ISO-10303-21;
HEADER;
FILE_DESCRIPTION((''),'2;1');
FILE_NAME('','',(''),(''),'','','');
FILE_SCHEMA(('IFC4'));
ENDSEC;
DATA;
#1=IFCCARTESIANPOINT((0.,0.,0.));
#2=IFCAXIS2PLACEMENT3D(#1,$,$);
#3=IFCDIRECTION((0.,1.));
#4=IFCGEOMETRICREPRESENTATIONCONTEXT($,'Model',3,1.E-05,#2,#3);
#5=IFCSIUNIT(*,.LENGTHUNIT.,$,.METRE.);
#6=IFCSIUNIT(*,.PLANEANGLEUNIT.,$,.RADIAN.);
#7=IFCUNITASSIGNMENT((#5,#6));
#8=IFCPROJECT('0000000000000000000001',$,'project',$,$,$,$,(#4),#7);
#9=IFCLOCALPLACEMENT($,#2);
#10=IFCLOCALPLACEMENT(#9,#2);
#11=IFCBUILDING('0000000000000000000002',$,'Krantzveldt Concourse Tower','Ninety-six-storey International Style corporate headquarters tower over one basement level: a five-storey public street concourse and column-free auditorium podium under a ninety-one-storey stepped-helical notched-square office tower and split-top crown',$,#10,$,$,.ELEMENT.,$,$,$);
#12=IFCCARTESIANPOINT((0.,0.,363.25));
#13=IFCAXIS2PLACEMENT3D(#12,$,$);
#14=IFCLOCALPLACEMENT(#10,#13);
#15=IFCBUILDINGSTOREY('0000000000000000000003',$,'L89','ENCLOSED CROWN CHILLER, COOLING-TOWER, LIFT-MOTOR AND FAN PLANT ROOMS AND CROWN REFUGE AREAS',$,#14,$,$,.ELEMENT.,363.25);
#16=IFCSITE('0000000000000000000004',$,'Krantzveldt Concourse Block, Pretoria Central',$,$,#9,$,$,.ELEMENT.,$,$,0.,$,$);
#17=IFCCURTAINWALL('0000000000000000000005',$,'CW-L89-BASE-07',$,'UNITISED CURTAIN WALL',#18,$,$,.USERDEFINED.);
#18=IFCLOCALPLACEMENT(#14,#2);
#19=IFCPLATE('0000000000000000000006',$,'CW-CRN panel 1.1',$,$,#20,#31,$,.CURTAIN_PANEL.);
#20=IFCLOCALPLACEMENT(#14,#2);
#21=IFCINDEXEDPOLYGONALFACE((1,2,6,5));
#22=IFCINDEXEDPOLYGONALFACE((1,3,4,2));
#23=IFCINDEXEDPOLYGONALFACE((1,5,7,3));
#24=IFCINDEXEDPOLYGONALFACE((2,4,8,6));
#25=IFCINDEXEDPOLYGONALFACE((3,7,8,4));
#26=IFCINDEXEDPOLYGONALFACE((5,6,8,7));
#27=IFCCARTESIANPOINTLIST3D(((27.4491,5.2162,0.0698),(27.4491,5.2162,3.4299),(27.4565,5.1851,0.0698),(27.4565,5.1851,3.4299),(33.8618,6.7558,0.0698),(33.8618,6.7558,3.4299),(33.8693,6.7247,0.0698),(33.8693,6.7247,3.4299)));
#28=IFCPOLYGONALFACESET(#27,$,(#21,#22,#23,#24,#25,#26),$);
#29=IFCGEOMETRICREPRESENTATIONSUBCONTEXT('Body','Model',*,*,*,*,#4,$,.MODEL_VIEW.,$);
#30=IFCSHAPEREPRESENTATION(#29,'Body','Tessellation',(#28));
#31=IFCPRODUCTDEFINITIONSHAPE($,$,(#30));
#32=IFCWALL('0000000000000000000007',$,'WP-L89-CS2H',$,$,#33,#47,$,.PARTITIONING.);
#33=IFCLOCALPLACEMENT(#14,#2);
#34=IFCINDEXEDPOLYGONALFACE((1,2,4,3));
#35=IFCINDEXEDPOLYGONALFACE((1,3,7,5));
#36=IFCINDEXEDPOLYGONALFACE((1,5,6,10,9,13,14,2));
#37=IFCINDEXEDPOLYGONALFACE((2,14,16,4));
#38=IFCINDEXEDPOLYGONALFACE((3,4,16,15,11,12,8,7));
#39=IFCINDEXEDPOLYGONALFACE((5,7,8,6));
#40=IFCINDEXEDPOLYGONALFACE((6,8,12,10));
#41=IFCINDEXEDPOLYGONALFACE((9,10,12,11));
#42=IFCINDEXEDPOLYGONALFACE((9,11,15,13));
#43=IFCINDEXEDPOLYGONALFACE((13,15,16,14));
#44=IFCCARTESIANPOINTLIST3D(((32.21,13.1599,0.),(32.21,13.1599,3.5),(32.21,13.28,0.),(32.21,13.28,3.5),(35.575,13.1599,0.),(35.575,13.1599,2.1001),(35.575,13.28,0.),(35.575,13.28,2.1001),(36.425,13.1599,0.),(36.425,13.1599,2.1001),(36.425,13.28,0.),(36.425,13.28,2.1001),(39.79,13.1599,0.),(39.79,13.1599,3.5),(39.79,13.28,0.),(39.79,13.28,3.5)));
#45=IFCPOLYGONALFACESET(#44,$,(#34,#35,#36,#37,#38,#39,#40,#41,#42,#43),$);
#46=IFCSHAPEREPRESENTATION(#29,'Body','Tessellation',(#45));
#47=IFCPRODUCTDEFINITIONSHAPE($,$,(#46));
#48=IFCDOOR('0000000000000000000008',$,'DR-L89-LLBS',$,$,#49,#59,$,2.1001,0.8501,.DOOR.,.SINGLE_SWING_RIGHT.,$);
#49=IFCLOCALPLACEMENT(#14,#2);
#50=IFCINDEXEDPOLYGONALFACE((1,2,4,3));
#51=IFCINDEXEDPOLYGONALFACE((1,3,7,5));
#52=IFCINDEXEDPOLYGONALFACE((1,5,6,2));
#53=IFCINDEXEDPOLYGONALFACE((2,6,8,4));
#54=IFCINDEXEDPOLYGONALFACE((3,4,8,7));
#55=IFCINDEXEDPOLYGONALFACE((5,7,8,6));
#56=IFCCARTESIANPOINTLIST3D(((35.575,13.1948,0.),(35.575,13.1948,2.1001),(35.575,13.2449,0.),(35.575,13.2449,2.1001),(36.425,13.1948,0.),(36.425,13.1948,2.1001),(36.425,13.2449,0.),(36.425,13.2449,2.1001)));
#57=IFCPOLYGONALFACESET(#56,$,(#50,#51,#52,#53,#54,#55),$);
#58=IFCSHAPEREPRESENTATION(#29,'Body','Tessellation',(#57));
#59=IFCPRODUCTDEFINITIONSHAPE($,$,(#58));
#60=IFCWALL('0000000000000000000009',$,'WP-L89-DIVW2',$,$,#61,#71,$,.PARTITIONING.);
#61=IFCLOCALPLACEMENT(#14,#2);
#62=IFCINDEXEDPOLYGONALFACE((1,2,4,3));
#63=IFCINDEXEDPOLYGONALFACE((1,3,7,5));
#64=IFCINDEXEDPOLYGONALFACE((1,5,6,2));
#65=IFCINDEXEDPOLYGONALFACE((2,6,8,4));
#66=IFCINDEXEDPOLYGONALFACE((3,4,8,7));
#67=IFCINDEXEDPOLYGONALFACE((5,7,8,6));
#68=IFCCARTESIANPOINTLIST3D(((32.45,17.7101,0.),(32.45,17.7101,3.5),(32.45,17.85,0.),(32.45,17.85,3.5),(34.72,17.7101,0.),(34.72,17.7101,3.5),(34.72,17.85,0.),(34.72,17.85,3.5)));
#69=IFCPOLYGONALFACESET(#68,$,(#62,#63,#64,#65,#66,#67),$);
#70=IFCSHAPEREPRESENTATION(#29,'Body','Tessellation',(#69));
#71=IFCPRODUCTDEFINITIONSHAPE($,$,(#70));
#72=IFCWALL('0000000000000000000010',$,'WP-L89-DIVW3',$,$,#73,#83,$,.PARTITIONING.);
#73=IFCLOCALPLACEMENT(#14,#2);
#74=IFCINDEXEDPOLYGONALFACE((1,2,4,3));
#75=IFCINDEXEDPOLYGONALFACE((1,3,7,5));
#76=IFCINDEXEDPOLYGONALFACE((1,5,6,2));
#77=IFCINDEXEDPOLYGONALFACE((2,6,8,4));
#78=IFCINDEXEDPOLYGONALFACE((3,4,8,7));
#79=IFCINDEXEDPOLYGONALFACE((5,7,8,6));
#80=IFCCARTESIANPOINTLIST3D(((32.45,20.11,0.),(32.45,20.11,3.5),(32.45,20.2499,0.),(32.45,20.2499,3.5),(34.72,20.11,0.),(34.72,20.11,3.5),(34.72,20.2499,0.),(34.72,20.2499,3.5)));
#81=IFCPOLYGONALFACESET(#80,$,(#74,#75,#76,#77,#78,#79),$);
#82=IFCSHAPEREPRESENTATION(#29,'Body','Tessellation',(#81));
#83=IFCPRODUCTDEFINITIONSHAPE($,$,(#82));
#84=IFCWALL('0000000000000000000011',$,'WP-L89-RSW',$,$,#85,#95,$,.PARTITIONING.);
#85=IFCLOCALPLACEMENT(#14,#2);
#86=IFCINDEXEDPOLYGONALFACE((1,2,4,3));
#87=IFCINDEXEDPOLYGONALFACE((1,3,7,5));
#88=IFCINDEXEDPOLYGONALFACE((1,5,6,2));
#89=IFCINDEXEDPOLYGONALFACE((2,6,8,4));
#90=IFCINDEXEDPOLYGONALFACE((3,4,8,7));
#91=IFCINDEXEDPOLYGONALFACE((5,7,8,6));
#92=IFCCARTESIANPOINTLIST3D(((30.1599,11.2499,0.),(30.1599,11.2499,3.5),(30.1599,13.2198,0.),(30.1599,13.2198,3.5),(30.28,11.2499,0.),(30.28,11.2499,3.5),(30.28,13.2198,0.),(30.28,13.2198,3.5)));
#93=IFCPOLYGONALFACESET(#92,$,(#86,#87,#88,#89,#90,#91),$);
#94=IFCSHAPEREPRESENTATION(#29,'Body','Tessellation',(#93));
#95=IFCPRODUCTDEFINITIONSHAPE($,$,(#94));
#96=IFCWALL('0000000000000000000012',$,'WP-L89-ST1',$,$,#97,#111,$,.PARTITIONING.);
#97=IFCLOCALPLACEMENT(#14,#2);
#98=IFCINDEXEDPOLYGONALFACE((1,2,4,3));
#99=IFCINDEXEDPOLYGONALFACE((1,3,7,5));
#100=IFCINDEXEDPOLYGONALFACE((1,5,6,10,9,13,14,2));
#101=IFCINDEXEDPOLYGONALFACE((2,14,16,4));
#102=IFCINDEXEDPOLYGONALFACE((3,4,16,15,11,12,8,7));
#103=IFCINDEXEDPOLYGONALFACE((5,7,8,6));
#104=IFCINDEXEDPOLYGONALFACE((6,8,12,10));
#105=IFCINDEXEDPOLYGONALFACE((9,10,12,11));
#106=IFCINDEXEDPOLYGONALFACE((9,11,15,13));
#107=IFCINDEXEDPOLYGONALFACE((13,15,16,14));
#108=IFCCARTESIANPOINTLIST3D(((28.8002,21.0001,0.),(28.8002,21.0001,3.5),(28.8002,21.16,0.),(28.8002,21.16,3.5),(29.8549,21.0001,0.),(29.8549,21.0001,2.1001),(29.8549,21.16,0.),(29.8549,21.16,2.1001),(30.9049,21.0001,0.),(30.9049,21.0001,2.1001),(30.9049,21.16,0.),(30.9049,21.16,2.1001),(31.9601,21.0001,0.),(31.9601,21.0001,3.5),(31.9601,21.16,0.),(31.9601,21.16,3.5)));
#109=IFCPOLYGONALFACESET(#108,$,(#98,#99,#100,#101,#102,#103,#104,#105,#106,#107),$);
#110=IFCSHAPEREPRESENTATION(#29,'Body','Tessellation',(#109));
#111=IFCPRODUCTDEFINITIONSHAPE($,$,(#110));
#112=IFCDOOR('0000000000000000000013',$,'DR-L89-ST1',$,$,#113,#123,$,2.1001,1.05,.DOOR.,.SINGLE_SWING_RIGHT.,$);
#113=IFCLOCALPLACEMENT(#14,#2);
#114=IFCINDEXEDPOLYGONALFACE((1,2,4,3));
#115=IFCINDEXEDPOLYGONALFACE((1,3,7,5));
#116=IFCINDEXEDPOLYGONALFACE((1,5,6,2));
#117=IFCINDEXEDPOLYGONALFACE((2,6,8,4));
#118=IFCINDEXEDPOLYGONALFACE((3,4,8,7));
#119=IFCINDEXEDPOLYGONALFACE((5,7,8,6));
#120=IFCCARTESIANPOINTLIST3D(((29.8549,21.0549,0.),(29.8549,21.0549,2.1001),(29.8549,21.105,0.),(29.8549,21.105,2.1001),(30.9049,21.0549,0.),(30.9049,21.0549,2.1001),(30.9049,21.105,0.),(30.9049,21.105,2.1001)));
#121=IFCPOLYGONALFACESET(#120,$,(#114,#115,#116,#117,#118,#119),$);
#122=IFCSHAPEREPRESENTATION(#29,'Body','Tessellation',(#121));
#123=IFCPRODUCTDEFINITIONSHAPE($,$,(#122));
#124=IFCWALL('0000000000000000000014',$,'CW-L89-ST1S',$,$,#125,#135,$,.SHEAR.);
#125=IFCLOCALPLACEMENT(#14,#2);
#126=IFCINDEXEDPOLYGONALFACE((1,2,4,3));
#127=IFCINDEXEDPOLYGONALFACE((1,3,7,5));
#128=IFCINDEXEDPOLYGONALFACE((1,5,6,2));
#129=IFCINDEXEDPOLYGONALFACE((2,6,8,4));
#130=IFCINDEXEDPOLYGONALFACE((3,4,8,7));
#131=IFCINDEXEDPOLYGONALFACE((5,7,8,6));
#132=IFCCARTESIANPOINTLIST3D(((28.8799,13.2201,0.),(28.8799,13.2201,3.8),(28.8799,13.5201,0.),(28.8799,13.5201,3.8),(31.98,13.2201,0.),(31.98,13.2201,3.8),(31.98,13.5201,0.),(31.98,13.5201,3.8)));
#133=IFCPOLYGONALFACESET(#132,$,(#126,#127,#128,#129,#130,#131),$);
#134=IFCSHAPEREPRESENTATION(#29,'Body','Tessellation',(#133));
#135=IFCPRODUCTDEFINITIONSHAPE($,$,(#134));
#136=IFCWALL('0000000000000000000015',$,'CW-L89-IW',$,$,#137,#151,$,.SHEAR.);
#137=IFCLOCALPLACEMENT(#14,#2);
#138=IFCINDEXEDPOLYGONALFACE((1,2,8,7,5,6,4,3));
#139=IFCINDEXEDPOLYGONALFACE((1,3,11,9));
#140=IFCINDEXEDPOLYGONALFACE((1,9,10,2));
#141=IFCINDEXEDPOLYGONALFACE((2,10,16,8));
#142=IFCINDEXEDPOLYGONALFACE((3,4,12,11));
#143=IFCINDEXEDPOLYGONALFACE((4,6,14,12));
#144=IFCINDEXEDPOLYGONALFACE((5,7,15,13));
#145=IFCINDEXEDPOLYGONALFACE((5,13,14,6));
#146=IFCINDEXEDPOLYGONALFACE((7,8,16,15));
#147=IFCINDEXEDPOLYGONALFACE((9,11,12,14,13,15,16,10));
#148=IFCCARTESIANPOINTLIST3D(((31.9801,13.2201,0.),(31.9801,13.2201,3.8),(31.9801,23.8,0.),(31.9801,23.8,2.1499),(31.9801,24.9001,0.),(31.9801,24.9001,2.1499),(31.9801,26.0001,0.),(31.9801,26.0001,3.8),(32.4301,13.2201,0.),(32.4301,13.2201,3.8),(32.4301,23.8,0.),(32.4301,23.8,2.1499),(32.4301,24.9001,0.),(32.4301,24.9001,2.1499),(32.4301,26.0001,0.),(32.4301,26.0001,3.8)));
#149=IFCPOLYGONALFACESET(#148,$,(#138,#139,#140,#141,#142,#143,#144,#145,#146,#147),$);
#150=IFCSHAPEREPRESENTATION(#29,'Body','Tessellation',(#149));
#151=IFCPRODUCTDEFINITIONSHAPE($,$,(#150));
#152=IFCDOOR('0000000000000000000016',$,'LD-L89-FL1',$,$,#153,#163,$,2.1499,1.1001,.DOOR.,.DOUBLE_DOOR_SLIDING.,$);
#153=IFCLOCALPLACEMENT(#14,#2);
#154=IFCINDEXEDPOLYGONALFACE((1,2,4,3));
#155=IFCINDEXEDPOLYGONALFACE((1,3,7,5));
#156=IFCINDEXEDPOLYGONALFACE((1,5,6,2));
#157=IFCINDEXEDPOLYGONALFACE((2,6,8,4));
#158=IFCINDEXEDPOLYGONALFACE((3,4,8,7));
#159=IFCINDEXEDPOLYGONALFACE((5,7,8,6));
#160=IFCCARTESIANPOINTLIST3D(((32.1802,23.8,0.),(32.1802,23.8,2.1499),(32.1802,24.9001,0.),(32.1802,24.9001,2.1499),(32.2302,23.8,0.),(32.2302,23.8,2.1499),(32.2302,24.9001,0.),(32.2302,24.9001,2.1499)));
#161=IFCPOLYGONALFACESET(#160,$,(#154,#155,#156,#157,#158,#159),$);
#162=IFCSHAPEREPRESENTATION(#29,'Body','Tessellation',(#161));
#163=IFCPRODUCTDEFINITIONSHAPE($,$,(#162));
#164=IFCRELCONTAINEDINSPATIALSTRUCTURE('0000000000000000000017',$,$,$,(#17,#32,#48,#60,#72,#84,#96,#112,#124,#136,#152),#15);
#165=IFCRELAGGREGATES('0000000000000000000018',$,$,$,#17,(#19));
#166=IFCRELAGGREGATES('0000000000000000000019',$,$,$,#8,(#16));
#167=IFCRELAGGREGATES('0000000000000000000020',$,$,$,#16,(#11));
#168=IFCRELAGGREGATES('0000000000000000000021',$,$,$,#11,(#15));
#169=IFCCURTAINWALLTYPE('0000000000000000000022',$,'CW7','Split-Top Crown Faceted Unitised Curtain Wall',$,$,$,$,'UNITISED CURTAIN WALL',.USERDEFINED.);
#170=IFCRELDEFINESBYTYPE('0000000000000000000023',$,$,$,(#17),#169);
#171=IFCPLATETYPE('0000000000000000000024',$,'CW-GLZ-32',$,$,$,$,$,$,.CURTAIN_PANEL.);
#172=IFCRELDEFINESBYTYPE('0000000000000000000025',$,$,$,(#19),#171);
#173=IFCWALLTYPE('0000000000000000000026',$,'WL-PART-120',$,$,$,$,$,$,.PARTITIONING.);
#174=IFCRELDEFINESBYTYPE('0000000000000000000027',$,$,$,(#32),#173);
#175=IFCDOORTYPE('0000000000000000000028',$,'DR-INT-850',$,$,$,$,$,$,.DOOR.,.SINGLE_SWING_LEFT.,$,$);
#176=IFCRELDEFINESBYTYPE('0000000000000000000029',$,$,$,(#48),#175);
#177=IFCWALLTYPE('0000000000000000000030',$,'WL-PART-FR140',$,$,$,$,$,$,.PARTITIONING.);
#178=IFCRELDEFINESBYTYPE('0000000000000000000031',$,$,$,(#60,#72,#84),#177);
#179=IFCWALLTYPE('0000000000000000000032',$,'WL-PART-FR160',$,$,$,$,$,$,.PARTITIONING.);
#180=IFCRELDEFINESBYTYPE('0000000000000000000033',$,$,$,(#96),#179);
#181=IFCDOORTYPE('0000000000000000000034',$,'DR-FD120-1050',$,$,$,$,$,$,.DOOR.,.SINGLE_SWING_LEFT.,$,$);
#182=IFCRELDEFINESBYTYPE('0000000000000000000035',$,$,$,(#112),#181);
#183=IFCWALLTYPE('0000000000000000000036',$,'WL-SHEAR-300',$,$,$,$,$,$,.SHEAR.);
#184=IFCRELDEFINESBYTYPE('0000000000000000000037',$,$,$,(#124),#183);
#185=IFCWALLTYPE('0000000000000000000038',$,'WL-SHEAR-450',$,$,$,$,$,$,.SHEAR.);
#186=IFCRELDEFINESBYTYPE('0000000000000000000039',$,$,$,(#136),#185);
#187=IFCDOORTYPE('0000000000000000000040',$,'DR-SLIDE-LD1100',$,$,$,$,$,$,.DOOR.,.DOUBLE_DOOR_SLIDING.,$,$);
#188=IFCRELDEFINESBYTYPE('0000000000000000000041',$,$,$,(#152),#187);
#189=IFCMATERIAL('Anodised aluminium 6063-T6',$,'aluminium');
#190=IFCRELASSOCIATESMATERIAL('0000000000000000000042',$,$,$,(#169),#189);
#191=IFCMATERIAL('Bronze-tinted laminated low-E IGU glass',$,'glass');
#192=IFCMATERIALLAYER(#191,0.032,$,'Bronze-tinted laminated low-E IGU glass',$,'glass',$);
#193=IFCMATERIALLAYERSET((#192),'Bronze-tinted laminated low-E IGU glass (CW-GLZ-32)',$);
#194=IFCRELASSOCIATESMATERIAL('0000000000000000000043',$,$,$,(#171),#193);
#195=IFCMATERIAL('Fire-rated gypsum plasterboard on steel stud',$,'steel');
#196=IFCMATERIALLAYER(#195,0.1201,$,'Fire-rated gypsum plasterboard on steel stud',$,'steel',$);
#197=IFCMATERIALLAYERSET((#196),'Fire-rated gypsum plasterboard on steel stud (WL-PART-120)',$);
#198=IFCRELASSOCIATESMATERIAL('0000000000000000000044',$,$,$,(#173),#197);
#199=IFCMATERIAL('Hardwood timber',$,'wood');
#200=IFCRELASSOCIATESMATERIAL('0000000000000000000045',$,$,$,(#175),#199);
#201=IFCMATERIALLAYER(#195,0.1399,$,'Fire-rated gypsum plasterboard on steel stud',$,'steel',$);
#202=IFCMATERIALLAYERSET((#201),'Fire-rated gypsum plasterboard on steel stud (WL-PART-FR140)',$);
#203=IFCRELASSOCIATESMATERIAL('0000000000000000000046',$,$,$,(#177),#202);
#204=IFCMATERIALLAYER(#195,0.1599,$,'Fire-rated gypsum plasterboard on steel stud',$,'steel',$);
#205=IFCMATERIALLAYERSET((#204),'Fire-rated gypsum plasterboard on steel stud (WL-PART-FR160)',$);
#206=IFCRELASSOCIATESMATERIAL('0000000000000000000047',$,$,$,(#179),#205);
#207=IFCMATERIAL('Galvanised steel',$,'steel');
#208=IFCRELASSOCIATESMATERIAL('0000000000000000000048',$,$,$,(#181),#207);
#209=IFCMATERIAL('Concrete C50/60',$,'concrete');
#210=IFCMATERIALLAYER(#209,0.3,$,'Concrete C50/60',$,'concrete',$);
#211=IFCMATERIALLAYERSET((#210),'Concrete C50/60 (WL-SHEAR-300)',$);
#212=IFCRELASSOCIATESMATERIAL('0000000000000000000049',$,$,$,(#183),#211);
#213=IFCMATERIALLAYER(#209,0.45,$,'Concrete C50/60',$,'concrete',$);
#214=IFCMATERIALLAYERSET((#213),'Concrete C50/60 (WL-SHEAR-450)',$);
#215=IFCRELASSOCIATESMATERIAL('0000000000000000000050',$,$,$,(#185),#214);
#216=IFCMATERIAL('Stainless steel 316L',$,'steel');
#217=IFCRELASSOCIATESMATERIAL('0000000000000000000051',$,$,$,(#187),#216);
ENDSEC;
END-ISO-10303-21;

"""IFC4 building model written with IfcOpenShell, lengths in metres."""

from ifc_helpers import new_model, si_unit, direction, frame, frame_2d, origin, origin_2d, place, context, subcontext, project, spatial, rectangle, extrude, source, transform, mapped, material, layer, layer_set, type_object, type_shapes, element, fill, aggregate, save


model = new_model("IFC4")

# Units and contexts
model_context = context("Model", 3, precision=1e-05, world=origin(), true_north=direction((0.0, 1.0)))
body_context = subcontext(model_context, "Body", "Model", "MODEL_VIEW")
ifc_project = project(units=[si_unit("LENGTHUNIT", "METRE"), si_unit("PLANEANGLEUNIT", "RADIAN")], contexts=[model_context])

# Site, building, storey
site_placement = place(None, origin())
site = spatial("IfcSite", under=ifc_project, at=site_placement, Name="Krantzveldt Concourse Block, Pretoria Central", CompositionType="ELEMENT", RefElevation=0.0)
building_placement = place(site_placement, origin())
building = spatial("IfcBuilding", under=site, at=building_placement, Name="Krantzveldt Concourse Tower", Description="Ninety-six-storey International Style corporate headquarters tower over one basement level: a five-storey public street concourse and column-free auditorium podium under a ninety-one-storey stepped-helical notched-square office tower and split-top crown", CompositionType="ELEMENT")
storey_placement = place(building_placement, frame((0.0, 0.0, 363.25)))
storey = spatial("IfcBuildingStorey", under=building, at=storey_placement, Name="L89", Description="ENCLOSED CROWN CHILLER, COOLING-TOWER, LIFT-MOTOR AND FAN PLANT ROOMS AND CROWN REFUGE AREAS", CompositionType="ELEMENT", Elevation=363.25)

# Curtain wall
ifc_material_1 = material(Name="Anodised aluminium 6063-T6", Category="aluminium")
curtain_wall_type = type_object("IfcCurtainWallType", Name="CW7", Description="Split-Top Crown Faceted Unitised Curtain Wall", ElementType="UNITISED CURTAIN WALL", PredefinedType="USERDEFINED", material=ifc_material_1)
curtain_wall_1_placement = place(storey_placement, origin())
curtain_wall_1 = element("IfcCurtainWall", 1, at=curtain_wall_1_placement, inside=storey, type_object=curtain_wall_type, Name="CW-L89-BASE-07", ObjectType="UNITISED CURTAIN WALL", PredefinedType="USERDEFINED")

# Plate
ifc_material_2 = material(Name="Bronze-tinted laminated low-E IGU glass", Category="glass")
ifc_layer_1 = layer(ifc_material_2, 0.032, Name="Bronze-tinted laminated low-E IGU glass", Category="glass")
ifc_layer_set_1 = layer_set([ifc_layer_1], Name="Bronze-tinted laminated low-E IGU glass (CW-GLZ-32)")
plate_type = type_object("IfcPlateType", Name="CW-GLZ-32", PredefinedType="CURTAIN_PANEL", material=ifc_layer_set_1)
shared_shape_1 = source(origin(), body_context, "Body", "SweptSolid", [
    extrude(rectangle(XDim=6.595, YDim=0.032, at=origin_2d()), origin(), (0.0, 0.0, 1.0), 3.3601),
])
type_shapes(plate_type, [shared_shape_1])
plate_placement = place(storey_placement, frame((30.6592, 5.9705, 0.0698), z_axis=(0.0, 0.0, 1.0), x_axis=(0.97237, 0.233445, 0.0)))
plate = element("IfcPlate", 2, at=plate_placement, type_object=plate_type, Name="CW-CRN panel 1.1", PredefinedType="CURTAIN_PANEL", context=body_context, shape_type="MappedRepresentation", body=[
    mapped(shared_shape_1, transform((0.0, 0.0, 0.0), x_axis=(1.0, 0.0, 0.0), y_axis=(0.0, 1.0, 0.0), z_axis=(0.0, 0.0, 1.0), scale=1.0)),
])
aggregate(curtain_wall_1, [plate])

# Wall, opening, door
ifc_material_3 = material(Name="Fire-rated gypsum plasterboard on steel stud", Category="steel")
ifc_layer_2 = layer(ifc_material_3, 0.1201, Name="Fire-rated gypsum plasterboard on steel stud", Category="steel")
ifc_layer_set_2 = layer_set([ifc_layer_2], Name="Fire-rated gypsum plasterboard on steel stud (WL-PART-120)")
wall_type_1 = type_object("IfcWallType", Name="WL-PART-120", PredefinedType="PARTITIONING", material=ifc_layer_set_2)
wall_1_placement = place(storey_placement, frame((32.21, 13.22, 0.0), z_axis=(0.0, 0.0, 1.0), x_axis=(1.0, 0.0, 0.0)))
wall_1 = element("IfcWall", 3, at=wall_1_placement, inside=storey, type_object=wall_type_1, Name="WP-L89-CS2H", PredefinedType="PARTITIONING", context=body_context, shape_type="SweptSolid", body=[
    extrude(rectangle(XDim=7.5801, YDim=0.1201, at=frame_2d((3.79, 0.0))), origin(), (0.0, 0.0, 1.0), 3.5),
])
opening_1_placement = place(wall_1_placement, frame((3.365, 0.0, 0.0)))
opening_1 = element("IfcOpeningElement", 4, at=opening_1_placement, cuts=wall_1, PredefinedType="OPENING", context=body_context, shape_type="SweptSolid", body=[
    extrude(rectangle(XDim=0.8501, YDim=2.1001, at=frame_2d((0.425, 1.05))), frame((0.0, 0.0701, 0.0), z_axis=(0.0, -1.0, 0.0), x_axis=(1.0, 0.0, 0.0)), (0.0, 0.0, 1.0), 0.1401),
])
ifc_material_4 = material(Name="Hardwood timber", Category="wood")
door_type_1 = type_object("IfcDoorType", Name="DR-INT-850", OperationType="SINGLE_SWING_LEFT", PredefinedType="DOOR", material=ifc_material_4)
door_1_placement = place(opening_1_placement, origin())
door_1 = element("IfcDoor", 5, at=door_1_placement, inside=storey, type_object=door_type_1, Name="DR-L89-LLBS", OperationType="SINGLE_SWING_RIGHT", OverallHeight=2.1001, OverallWidth=0.8501, PredefinedType="DOOR", context=body_context, shape_type="SweptSolid", body=[
    extrude(rectangle(XDim=0.8501, YDim=2.1001, at=frame_2d((0.425, 1.05))), frame((0.0, 0.0249, 0.0), z_axis=(0.0, -1.0, 0.0), x_axis=(1.0, 0.0, 0.0)), (0.0, 0.0, 1.0), 0.05),
])
fill(opening_1, door_1)

# Walls
ifc_layer_3 = layer(ifc_material_3, 0.1399, Name="Fire-rated gypsum plasterboard on steel stud", Category="steel")
ifc_layer_set_3 = layer_set([ifc_layer_3], Name="Fire-rated gypsum plasterboard on steel stud (WL-PART-FR140)")
wall_type_2 = type_object("IfcWallType", Name="WL-PART-FR140", PredefinedType="PARTITIONING", material=ifc_layer_set_3)
for number, where, z_axis, x_axis, name in (
    (6, (32.45, 17.78, 0.0), (0.0, 0.0, 1.0), (1.0, 0.0, 0.0), "WP-L89-DIVW2"),
    (7, (32.45, 20.1799, 0.0), (0.0, 0.0, 1.0), (1.0, 0.0, 0.0), "WP-L89-DIVW3"),
):
    element("IfcWall", number, at=place(storey_placement, frame(where, z_axis=z_axis, x_axis=x_axis)), inside=storey, type_object=wall_type_2, Name=name, PredefinedType="PARTITIONING", context=body_context, shape_type="SweptSolid", body=[
        extrude(rectangle(XDim=2.27, YDim=0.1399, at=frame_2d((1.135, 0.0))), origin(), (0.0, 0.0, 1.0), 3.5),
    ])
wall_2_placement = place(storey_placement, frame((30.22, 11.25, 0.0), z_axis=(0.0, 0.0, 1.0), x_axis=(0.0, 1.0, 0.0)))
element("IfcWall", 8, at=wall_2_placement, inside=storey, type_object=wall_type_2, Name="WP-L89-RSW", PredefinedType="PARTITIONING", context=body_context, shape_type="SweptSolid", body=[
    extrude(rectangle(XDim=1.97, YDim=0.1201, at=frame_2d((0.9849, 0.0))), origin(), (0.0, 0.0, 1.0), 3.5),
])

# Wall, opening, door
ifc_layer_4 = layer(ifc_material_3, 0.1599, Name="Fire-rated gypsum plasterboard on steel stud", Category="steel")
ifc_layer_set_4 = layer_set([ifc_layer_4], Name="Fire-rated gypsum plasterboard on steel stud (WL-PART-FR160)")
wall_type_3 = type_object("IfcWallType", Name="WL-PART-FR160", PredefinedType="PARTITIONING", material=ifc_layer_set_4)
wall_3_placement = place(storey_placement, frame((28.8, 21.0801, 0.0), z_axis=(0.0, 0.0, 1.0), x_axis=(1.0, 0.0, 0.0)))
wall_3 = element("IfcWall", 9, at=wall_3_placement, inside=storey, type_object=wall_type_3, Name="WP-L89-ST1", PredefinedType="PARTITIONING", context=body_context, shape_type="SweptSolid", body=[
    extrude(rectangle(XDim=3.1599, YDim=0.1599, at=frame_2d((1.5801, 0.0))), origin(), (0.0, 0.0, 1.0), 3.5),
])
opening_2_placement = place(wall_3_placement, frame((1.0549, 0.0, 0.0)))
opening_2 = element("IfcOpeningElement", 10, at=opening_2_placement, cuts=wall_3, PredefinedType="OPENING", context=body_context, shape_type="SweptSolid", body=[
    extrude(rectangle(XDim=1.05, YDim=2.1001, at=frame_2d((0.5249, 1.05))), frame((0.0, 0.0898, 0.0), z_axis=(0.0, -1.0, 0.0), x_axis=(1.0, 0.0, 0.0)), (0.0, 0.0, 1.0), 0.1799),
])
ifc_material_5 = material(Name="Galvanised steel", Category="steel")
door_type_2 = type_object("IfcDoorType", Name="DR-FD120-1050", OperationType="SINGLE_SWING_LEFT", PredefinedType="DOOR", material=ifc_material_5)
door_2_placement = place(opening_2_placement, origin())
door_2 = element("IfcDoor", 11, at=door_2_placement, inside=storey, type_object=door_type_2, Name="DR-L89-ST1", OperationType="SINGLE_SWING_RIGHT", OverallHeight=2.1001, OverallWidth=1.05, PredefinedType="DOOR", context=body_context, shape_type="SweptSolid", body=[
    extrude(rectangle(XDim=1.05, YDim=2.1001, at=frame_2d((0.5249, 1.05))), frame((0.0, 0.0249, 0.0), z_axis=(0.0, -1.0, 0.0), x_axis=(1.0, 0.0, 0.0)), (0.0, 0.0, 1.0), 0.05),
])
fill(opening_2, door_2)

# Wall
ifc_material_6 = material(Name="Concrete C50/60", Category="concrete")
ifc_layer_5 = layer(ifc_material_6, 0.3, Name="Concrete C50/60", Category="concrete")
ifc_layer_set_5 = layer_set([ifc_layer_5], Name="Concrete C50/60 (WL-SHEAR-300)")
wall_type_4 = type_object("IfcWallType", Name="WL-SHEAR-300", PredefinedType="SHEAR", material=ifc_layer_set_5)
wall_4_placement = place(storey_placement, frame((28.8799, 13.3701, 0.0), z_axis=(0.0, 0.0, 1.0), x_axis=(1.0, 0.0, 0.0)))
element("IfcWall", 12, at=wall_4_placement, inside=storey, type_object=wall_type_4, Name="CW-L89-ST1S", PredefinedType="SHEAR", context=body_context, shape_type="SweptSolid", body=[
    extrude(rectangle(XDim=3.1001, YDim=0.3, at=frame_2d((1.55, 0.0))), origin(), (0.0, 0.0, 1.0), 3.8),
])

# Wall, opening, door
ifc_layer_6 = layer(ifc_material_6, 0.45, Name="Concrete C50/60", Category="concrete")
ifc_layer_set_6 = layer_set([ifc_layer_6], Name="Concrete C50/60 (WL-SHEAR-450)")
wall_type_5 = type_object("IfcWallType", Name="WL-SHEAR-450", PredefinedType="SHEAR", material=ifc_layer_set_6)
wall_5_placement = place(storey_placement, frame((32.2051, 13.22, 0.0), z_axis=(0.0, 0.0, 1.0), x_axis=(0.0, 1.0, 0.0)))
wall_5 = element("IfcWall", 13, at=wall_5_placement, inside=storey, type_object=wall_type_5, Name="CW-L89-IW", PredefinedType="SHEAR", context=body_context, shape_type="SweptSolid", body=[
    extrude(rectangle(XDim=12.78, YDim=0.45, at=frame_2d((6.3901, 0.0))), origin(), (0.0, 0.0, 1.0), 3.8),
])
opening_3_placement = place(wall_5_placement, frame((10.5801, 0.0, 0.0)))
opening_3 = element("IfcOpeningElement", 14, at=opening_3_placement, cuts=wall_5, PredefinedType="OPENING", context=body_context, shape_type="SweptSolid", body=[
    extrude(rectangle(XDim=1.1001, YDim=2.1499, at=frame_2d((0.55, 1.075))), frame((0.0, 0.2349, 0.0), z_axis=(0.0, -1.0, 0.0), x_axis=(1.0, 0.0, 0.0)), (0.0, 0.0, 1.0), 0.47),
])
ifc_material_7 = material(Name="Stainless steel 316L", Category="steel")
door_type_3 = type_object("IfcDoorType", Name="DR-SLIDE-LD1100", OperationType="DOUBLE_DOOR_SLIDING", PredefinedType="DOOR", material=ifc_material_7)
door_3_placement = place(opening_3_placement, origin())
door_3 = element("IfcDoor", 15, at=door_3_placement, inside=storey, type_object=door_type_3, Name="LD-L89-FL1", OperationType="DOUBLE_DOOR_SLIDING", OverallHeight=2.1499, OverallWidth=1.1001, PredefinedType="DOOR", context=body_context, shape_type="SweptSolid", body=[
    extrude(rectangle(XDim=1.1001, YDim=2.1499, at=frame_2d((0.55, 1.075))), frame((0.0, 0.0249, 0.0), z_axis=(0.0, -1.0, 0.0), x_axis=(1.0, 0.0, 0.0)), (0.0, 0.0, 1.0), 0.05),
])
fill(opening_3, door_3)

save(model, "model.ifc")
